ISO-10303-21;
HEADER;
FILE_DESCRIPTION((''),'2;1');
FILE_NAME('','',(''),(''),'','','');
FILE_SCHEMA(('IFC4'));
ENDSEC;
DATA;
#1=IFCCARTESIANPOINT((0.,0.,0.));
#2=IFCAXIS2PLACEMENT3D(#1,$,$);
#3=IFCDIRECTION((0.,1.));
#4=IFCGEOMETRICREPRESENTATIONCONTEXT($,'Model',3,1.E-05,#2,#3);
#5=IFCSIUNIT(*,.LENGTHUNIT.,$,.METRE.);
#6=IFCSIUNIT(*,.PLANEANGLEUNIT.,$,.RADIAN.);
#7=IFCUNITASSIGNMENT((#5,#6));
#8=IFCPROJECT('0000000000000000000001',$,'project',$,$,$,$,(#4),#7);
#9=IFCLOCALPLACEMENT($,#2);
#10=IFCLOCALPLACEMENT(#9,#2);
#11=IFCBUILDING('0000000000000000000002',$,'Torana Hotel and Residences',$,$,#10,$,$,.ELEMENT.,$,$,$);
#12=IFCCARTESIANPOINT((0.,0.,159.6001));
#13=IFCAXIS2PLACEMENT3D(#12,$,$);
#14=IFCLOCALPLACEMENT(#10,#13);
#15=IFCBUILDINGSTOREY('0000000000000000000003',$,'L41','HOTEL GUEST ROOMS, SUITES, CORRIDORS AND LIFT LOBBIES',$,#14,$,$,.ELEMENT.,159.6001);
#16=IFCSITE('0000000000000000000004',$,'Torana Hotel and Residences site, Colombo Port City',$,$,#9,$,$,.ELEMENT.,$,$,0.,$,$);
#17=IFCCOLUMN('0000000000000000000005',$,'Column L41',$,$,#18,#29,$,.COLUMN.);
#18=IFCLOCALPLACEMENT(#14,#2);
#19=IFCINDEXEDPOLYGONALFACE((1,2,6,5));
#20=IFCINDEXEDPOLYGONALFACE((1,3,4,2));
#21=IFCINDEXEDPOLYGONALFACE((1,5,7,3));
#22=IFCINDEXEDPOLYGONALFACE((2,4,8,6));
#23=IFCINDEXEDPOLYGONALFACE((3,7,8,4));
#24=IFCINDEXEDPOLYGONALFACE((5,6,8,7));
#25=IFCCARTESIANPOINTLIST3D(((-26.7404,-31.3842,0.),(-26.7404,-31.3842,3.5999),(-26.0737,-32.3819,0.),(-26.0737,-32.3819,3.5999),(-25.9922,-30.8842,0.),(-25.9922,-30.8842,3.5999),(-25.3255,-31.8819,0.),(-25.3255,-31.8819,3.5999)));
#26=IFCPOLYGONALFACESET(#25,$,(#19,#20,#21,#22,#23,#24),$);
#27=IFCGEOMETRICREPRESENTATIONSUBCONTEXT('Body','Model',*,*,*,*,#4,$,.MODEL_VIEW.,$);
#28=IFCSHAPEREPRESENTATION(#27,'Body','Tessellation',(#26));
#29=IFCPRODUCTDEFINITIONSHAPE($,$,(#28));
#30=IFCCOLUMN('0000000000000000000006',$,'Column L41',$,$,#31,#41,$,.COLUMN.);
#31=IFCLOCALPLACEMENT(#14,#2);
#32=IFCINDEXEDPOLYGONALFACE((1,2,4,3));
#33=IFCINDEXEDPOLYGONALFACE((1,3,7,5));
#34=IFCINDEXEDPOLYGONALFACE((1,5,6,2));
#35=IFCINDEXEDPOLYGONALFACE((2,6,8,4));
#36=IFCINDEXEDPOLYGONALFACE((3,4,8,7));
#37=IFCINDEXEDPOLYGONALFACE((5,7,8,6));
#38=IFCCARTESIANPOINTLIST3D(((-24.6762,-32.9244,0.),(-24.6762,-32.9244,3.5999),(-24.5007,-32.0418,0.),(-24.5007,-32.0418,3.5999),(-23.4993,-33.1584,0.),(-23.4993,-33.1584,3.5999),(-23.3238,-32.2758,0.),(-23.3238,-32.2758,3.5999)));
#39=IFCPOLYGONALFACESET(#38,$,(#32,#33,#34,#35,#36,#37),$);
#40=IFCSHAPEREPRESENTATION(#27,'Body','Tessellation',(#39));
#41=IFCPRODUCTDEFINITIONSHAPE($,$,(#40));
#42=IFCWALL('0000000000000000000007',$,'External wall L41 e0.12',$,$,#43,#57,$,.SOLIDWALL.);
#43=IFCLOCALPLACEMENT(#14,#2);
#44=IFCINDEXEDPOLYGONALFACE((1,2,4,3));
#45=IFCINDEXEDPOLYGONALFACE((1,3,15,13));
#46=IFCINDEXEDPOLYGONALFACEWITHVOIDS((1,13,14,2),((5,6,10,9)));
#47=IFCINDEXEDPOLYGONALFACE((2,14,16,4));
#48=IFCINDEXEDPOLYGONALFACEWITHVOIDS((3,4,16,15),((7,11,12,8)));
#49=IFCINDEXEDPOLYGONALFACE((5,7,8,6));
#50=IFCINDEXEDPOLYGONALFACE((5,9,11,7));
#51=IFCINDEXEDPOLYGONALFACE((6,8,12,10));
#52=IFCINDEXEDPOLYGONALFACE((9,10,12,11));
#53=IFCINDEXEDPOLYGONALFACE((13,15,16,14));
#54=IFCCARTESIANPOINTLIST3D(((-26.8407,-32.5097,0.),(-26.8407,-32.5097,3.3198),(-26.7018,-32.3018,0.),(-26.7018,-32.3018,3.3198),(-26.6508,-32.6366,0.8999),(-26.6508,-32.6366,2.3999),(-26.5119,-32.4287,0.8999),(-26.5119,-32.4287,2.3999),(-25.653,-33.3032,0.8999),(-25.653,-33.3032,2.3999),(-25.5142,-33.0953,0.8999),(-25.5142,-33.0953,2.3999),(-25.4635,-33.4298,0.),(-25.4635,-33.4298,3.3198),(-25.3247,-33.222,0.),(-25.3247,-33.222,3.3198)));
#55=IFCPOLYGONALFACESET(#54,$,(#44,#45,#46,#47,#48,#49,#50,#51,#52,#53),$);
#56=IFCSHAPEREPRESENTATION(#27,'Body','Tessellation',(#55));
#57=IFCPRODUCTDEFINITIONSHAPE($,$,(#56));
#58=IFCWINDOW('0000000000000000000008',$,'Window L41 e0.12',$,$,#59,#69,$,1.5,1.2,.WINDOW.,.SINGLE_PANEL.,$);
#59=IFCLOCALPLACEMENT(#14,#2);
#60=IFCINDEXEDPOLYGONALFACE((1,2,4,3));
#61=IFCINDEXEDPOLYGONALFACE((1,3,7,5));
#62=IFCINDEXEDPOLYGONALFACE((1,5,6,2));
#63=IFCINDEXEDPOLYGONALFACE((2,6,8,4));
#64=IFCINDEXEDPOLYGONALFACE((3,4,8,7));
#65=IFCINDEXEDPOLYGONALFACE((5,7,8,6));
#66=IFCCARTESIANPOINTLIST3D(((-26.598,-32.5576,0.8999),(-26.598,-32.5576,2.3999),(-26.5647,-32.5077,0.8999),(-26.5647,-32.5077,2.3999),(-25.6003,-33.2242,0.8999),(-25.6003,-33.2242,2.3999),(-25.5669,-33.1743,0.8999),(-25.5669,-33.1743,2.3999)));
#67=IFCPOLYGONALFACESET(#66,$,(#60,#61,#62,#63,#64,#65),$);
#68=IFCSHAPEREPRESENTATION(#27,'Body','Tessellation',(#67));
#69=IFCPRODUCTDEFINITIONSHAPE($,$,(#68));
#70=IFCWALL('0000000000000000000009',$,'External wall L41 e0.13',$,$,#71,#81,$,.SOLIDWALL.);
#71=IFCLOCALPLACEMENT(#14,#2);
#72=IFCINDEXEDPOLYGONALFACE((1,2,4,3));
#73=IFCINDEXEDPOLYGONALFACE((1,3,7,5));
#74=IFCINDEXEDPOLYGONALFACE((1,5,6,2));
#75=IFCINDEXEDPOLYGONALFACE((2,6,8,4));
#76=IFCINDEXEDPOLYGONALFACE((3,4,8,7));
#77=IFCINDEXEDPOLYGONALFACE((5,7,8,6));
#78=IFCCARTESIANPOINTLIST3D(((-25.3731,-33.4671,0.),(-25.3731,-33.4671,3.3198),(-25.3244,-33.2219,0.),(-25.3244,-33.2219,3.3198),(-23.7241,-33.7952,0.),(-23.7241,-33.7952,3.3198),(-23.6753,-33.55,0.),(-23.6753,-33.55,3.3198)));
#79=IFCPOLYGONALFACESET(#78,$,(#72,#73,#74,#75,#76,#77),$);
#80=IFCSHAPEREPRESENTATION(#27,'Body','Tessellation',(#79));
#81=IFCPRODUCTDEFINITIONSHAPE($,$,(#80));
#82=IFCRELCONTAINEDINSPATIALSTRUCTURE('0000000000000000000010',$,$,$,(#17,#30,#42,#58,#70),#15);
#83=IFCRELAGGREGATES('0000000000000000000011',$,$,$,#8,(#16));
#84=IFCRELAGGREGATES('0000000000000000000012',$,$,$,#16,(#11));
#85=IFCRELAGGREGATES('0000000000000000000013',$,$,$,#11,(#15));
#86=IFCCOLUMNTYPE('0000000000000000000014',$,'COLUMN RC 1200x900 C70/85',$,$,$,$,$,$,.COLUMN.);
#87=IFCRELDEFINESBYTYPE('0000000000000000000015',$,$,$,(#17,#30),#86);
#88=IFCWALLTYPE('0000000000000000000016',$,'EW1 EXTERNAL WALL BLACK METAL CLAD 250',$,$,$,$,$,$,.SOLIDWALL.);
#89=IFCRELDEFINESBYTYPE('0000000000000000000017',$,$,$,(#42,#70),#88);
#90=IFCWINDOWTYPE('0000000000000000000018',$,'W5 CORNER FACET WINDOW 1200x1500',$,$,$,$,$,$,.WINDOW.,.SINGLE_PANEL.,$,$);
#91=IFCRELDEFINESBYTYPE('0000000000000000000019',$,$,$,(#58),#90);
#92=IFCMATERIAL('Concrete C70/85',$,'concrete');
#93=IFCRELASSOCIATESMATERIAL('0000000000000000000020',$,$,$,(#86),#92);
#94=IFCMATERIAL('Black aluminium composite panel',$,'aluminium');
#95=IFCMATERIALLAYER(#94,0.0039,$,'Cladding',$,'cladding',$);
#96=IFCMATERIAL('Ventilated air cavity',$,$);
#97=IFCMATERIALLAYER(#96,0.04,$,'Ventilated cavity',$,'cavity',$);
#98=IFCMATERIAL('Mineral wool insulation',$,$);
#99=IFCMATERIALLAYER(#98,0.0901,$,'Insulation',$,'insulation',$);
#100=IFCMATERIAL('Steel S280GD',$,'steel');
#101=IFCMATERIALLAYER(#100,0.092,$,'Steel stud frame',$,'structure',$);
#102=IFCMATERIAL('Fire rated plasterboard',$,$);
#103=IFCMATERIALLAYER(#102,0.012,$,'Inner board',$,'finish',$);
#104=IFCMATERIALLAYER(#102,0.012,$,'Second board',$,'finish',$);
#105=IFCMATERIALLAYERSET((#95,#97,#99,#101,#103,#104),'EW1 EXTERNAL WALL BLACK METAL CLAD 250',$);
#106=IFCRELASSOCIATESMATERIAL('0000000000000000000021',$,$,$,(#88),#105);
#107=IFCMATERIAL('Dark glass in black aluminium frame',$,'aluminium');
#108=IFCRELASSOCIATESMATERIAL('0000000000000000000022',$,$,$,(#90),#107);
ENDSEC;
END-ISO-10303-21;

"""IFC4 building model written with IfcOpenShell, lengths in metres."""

from ifc_helpers import new_model, si_unit, direction, frame, frame_2d, origin, origin_2d, place, context, subcontext, project, spatial, rectangle, extrude, material, layer, layer_set, material_profile, profile_set, type_object, element, fill, save


model = new_model("IFC4")

# Units and contexts
model_context = context("Model", 3, precision=1e-05, world=origin(), true_north=direction((0.0, 1.0)))
body_context = subcontext(model_context, "Body", "Model", "MODEL_VIEW")
ifc_project = project(units=[si_unit("LENGTHUNIT", "METRE"), si_unit("PLANEANGLEUNIT", "RADIAN")], contexts=[model_context])

# Site, building, storey
site_placement = place(None, origin())
site = spatial("IfcSite", under=ifc_project, at=site_placement, Name="Torana Hotel and Residences site, Colombo Port City", CompositionType="ELEMENT", RefElevation=0.0)
building_placement = place(site_placement, origin())
building = spatial("IfcBuilding", under=site, at=building_placement, Name="Torana Hotel and Residences", CompositionType="ELEMENT")
storey_placement = place(building_placement, frame((0.0, 0.0, 159.6001)))
storey = spatial("IfcBuildingStorey", under=building, at=storey_placement, Name="L41", Description="HOTEL GUEST ROOMS, SUITES, CORRIDORS AND LIFT LOBBIES", CompositionType="ELEMENT", Elevation=159.6001)

# Columns
ifc_material_1 = material(Name="Concrete C70/85", Category="concrete")
ifc_material_profile = material_profile(ifc_material_1, rectangle(XDim=1.2, YDim=0.8999, at=origin_2d()), Name="RC 1200x900")
ifc_profile_set = profile_set([ifc_material_profile], Name="Concrete C70/85")
column_type = type_object("IfcColumnType", Name="COLUMN RC 1200x900 C70/85", PredefinedType="COLUMN", material=ifc_profile_set)
for number, where, z_axis, x_axis, name in (
    (1, (-26.033, -31.6331, 0.0), (0.0, 0.0, 1.0), (-0.555585, 0.83146, 0.0), "Column L41"),
    (2, (-24.0, -32.6001, 0.0), (0.0, 0.0, 1.0), (-0.980792, 0.195056, 0.0), "Column L41"),
):
    element("IfcColumn", number, at=place(storey_placement, frame(where, z_axis=z_axis, x_axis=x_axis)), inside=storey, type_object=column_type, Name=name, PredefinedType="COLUMN", context=body_context, shape_type="SweptSolid", body=[
        extrude(rectangle(XDim=1.2, YDim=0.8999, at=origin_2d()), origin(), (0.0, 0.0, 1.0), 3.5999),
    ])

# Wall, opening, window
ifc_material_2 = material(Name="Black aluminium composite panel", Category="aluminium")
ifc_layer_1 = layer(ifc_material_2, 0.0039, Name="Cladding", Category="cladding")
ifc_material_3 = material(Name="Ventilated air cavity")
ifc_layer_2 = layer(ifc_material_3, 0.04, Name="Ventilated cavity", Category="cavity")
ifc_material_4 = material(Name="Mineral wool insulation")
ifc_layer_3 = layer(ifc_material_4, 0.0901, Name="Insulation", Category="insulation")
ifc_material_5 = material(Name="Steel S280GD", Category="steel")
ifc_layer_4 = layer(ifc_material_5, 0.092, Name="Steel stud frame", Category="structure")
ifc_material_6 = material(Name="Fire rated plasterboard")
ifc_layer_5 = layer(ifc_material_6, 0.012, Name="Inner board", Category="finish")
ifc_layer_6 = layer(ifc_material_6, 0.012, Name="Second board", Category="finish")
ifc_layer_set = layer_set([ifc_layer_1, ifc_layer_2, ifc_layer_3, ifc_layer_4, ifc_layer_5, ifc_layer_6], Name="EW1 EXTERNAL WALL BLACK METAL CLAD 250")
wall_type = type_object("IfcWallType", Name="EW1 EXTERNAL WALL BLACK METAL CLAD 250", PredefinedType="SOLIDWALL", material=ifc_layer_set)
wall_1_placement = place(storey_placement, frame((-26.7712, -32.4058, 0.0), z_axis=(0.0, 0.0, 1.0), x_axis=(0.831483, -0.55555, 0.0)))
wall_1 = element("IfcWall", 3, at=wall_1_placement, inside=storey, type_object=wall_type, Name="External wall L41 e0.12", PredefinedType="SOLIDWALL", context=body_context, shape_type="SweptSolid", body=[
    extrude(rectangle(XDim=1.6562, YDim=0.25, at=frame_2d((0.8281, 0.0))), origin(), (0.0, 0.0, 1.0), 3.3198),
])
opening_placement = place(wall_1_placement, frame((0.2283, 0.0, 0.8999)))
opening = element("IfcOpeningElement", 4, at=opening_placement, cuts=wall_1, PredefinedType="OPENING", context=body_context, shape_type="SweptSolid", body=[
    extrude(rectangle(XDim=1.2, YDim=1.5, at=frame_2d((0.6001, 0.75))), frame((0.0, 0.135, 0.0), z_axis=(0.0, -1.0, 0.0), x_axis=(1.0, 0.0, 0.0)), (0.0, 0.0, 1.0), 0.27),
])
ifc_material_7 = material(Name="Dark glass in black aluminium frame", Category="aluminium")
window_type = type_object("IfcWindowType", Name="W5 CORNER FACET WINDOW 1200x1500", PartitioningType="SINGLE_PANEL", PredefinedType="WINDOW", material=ifc_material_7)
window_placement = place(opening_placement, origin())
window = element("IfcWindow", 5, at=window_placement, inside=storey, type_object=window_type, Name="Window L41 e0.12", OverallHeight=1.5, OverallWidth=1.2, PartitioningType="SINGLE_PANEL", PredefinedType="WINDOW", context=body_context, shape_type="SweptSolid", body=[
    extrude(rectangle(XDim=1.2, YDim=1.5, at=frame_2d((0.6001, 0.75))), frame((0.0, 0.03, 0.0), z_axis=(0.0, -1.0, 0.0), x_axis=(1.0, 0.0, 0.0)), (0.0, 0.0, 1.0), 0.0601),
])
fill(opening, window)

# Wall
wall_2_placement = place(storey_placement, frame((-25.3489, -33.3445, 0.0), z_axis=(0.0, 0.0, 1.0), x_axis=(0.980776, -0.195139, 0.0)))
element("IfcWall", 6, at=wall_2_placement, inside=storey, type_object=wall_type, Name="External wall L41 e0.13", PredefinedType="SOLIDWALL", context=body_context, shape_type="SweptSolid", body=[
    extrude(rectangle(XDim=1.6814, YDim=0.25, at=frame_2d((0.8408, 0.0))), origin(), (0.0, 0.0, 1.0), 3.3198),
])

save(model, "model.ifc")
